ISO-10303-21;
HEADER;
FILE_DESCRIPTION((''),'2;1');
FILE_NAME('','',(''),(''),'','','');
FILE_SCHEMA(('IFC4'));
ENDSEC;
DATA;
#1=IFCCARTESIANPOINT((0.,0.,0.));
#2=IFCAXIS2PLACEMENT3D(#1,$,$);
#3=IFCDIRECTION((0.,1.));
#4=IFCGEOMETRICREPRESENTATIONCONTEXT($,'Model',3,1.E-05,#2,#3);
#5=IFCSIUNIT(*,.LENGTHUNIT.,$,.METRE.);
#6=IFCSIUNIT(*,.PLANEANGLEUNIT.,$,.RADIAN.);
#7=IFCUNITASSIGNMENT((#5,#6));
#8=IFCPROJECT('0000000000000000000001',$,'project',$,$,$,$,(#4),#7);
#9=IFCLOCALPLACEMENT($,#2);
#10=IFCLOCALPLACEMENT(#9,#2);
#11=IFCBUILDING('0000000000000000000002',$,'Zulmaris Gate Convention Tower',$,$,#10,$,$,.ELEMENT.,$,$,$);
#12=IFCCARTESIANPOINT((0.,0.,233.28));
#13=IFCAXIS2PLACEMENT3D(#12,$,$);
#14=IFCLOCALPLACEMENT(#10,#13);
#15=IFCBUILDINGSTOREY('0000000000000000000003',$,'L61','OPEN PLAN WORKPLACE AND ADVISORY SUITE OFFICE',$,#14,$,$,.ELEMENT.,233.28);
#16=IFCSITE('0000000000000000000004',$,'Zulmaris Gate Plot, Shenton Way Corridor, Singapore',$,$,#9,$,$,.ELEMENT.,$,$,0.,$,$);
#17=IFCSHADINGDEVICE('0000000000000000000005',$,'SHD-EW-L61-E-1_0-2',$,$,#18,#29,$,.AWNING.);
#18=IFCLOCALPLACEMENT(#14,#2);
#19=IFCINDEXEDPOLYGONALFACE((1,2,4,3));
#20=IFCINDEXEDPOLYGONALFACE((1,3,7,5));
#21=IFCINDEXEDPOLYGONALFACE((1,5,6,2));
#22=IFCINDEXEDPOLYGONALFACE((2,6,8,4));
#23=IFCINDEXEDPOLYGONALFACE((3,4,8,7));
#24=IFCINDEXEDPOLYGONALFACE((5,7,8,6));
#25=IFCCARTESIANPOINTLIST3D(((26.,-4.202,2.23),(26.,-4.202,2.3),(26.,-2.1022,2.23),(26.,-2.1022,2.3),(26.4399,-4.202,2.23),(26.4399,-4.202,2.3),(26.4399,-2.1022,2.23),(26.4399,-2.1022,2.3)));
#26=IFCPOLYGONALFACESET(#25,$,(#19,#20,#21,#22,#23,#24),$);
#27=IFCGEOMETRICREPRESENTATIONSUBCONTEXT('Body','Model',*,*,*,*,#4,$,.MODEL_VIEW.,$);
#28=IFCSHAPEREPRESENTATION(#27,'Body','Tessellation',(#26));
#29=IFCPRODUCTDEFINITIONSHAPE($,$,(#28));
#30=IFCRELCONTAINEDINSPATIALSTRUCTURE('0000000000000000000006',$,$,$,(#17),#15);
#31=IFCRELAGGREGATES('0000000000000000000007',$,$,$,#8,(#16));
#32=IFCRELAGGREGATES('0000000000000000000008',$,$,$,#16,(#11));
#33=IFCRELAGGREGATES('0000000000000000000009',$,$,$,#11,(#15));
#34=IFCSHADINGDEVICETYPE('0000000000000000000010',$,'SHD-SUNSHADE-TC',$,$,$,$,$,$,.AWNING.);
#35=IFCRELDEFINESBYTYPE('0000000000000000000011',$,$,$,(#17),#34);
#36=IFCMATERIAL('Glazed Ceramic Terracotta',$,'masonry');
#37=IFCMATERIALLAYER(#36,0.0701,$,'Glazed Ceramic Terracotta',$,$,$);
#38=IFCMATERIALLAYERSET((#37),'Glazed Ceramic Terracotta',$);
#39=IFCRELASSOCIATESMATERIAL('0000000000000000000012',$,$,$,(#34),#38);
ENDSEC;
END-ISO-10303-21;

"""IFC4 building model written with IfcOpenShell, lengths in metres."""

from ifc_helpers import new_model, si_unit, direction, frame, frame_2d, origin, place, context, subcontext, project, spatial, rectangle, extrude, material, layer, layer_set, type_object, element, save


model = new_model("IFC4")

# Units and contexts
model_context = context("Model", 3, precision=1e-05, world=origin(), true_north=direction((0.0, 1.0)))
body_context = subcontext(model_context, "Body", "Model", "MODEL_VIEW")
ifc_project = project(units=[si_unit("LENGTHUNIT", "METRE"), si_unit("PLANEANGLEUNIT", "RADIAN")], contexts=[model_context])

# Site, building, storey
site_placement = place(None, origin())
site = spatial("IfcSite", under=ifc_project, at=site_placement, Name="Zulmaris Gate Plot, Shenton Way Corridor, Singapore", CompositionType="ELEMENT", RefElevation=0.0)
building_placement = place(site_placement, origin())
building = spatial("IfcBuilding", under=site, at=building_placement, Name="Zulmaris Gate Convention Tower", CompositionType="ELEMENT")
storey_placement = place(building_placement, frame((0.0, 0.0, 233.28)))
storey = spatial("IfcBuildingStorey", under=building, at=storey_placement, Name="L61", Description="OPEN PLAN WORKPLACE AND ADVISORY SUITE OFFICE", CompositionType="ELEMENT", Elevation=233.28)

# Shading device
ifc_material_1 = material(Name="Glazed Ceramic Terracotta", Category="masonry")
ifc_layer_1 = layer(ifc_material_1, 0.0701, Name="Glazed Ceramic Terracotta")
ifc_layer_set_1 = layer_set([ifc_layer_1], Name="Glazed Ceramic Terracotta")
shading_device_type = type_object("IfcShadingDeviceType", Name="SHD-SUNSHADE-TC", PredefinedType="AWNING", material=ifc_layer_set_1)
for number, where, z_axis, x_axis, name in (
    (1, (26.22, -4.2019, 2.23), (0.0, 0.0, 1.0), (0.0, 1.0, 0.0), "SHD-EW-L61-E-1_0-2"),
):
    element("IfcShadingDevice", number, at=place(storey_placement, frame(where, z_axis=z_axis, x_axis=x_axis)), inside=storey, type_object=shading_device_type, Name=name, PredefinedType="AWNING", context=body_context, shape_type="SweptSolid", body=[
        extrude(rectangle(XDim=2.0999, YDim=0.4399, at=frame_2d((1.0498, 0.0))), origin(), (0.0, 0.0, 1.0), 0.0701),
    ])

save(model, "model.ifc")
